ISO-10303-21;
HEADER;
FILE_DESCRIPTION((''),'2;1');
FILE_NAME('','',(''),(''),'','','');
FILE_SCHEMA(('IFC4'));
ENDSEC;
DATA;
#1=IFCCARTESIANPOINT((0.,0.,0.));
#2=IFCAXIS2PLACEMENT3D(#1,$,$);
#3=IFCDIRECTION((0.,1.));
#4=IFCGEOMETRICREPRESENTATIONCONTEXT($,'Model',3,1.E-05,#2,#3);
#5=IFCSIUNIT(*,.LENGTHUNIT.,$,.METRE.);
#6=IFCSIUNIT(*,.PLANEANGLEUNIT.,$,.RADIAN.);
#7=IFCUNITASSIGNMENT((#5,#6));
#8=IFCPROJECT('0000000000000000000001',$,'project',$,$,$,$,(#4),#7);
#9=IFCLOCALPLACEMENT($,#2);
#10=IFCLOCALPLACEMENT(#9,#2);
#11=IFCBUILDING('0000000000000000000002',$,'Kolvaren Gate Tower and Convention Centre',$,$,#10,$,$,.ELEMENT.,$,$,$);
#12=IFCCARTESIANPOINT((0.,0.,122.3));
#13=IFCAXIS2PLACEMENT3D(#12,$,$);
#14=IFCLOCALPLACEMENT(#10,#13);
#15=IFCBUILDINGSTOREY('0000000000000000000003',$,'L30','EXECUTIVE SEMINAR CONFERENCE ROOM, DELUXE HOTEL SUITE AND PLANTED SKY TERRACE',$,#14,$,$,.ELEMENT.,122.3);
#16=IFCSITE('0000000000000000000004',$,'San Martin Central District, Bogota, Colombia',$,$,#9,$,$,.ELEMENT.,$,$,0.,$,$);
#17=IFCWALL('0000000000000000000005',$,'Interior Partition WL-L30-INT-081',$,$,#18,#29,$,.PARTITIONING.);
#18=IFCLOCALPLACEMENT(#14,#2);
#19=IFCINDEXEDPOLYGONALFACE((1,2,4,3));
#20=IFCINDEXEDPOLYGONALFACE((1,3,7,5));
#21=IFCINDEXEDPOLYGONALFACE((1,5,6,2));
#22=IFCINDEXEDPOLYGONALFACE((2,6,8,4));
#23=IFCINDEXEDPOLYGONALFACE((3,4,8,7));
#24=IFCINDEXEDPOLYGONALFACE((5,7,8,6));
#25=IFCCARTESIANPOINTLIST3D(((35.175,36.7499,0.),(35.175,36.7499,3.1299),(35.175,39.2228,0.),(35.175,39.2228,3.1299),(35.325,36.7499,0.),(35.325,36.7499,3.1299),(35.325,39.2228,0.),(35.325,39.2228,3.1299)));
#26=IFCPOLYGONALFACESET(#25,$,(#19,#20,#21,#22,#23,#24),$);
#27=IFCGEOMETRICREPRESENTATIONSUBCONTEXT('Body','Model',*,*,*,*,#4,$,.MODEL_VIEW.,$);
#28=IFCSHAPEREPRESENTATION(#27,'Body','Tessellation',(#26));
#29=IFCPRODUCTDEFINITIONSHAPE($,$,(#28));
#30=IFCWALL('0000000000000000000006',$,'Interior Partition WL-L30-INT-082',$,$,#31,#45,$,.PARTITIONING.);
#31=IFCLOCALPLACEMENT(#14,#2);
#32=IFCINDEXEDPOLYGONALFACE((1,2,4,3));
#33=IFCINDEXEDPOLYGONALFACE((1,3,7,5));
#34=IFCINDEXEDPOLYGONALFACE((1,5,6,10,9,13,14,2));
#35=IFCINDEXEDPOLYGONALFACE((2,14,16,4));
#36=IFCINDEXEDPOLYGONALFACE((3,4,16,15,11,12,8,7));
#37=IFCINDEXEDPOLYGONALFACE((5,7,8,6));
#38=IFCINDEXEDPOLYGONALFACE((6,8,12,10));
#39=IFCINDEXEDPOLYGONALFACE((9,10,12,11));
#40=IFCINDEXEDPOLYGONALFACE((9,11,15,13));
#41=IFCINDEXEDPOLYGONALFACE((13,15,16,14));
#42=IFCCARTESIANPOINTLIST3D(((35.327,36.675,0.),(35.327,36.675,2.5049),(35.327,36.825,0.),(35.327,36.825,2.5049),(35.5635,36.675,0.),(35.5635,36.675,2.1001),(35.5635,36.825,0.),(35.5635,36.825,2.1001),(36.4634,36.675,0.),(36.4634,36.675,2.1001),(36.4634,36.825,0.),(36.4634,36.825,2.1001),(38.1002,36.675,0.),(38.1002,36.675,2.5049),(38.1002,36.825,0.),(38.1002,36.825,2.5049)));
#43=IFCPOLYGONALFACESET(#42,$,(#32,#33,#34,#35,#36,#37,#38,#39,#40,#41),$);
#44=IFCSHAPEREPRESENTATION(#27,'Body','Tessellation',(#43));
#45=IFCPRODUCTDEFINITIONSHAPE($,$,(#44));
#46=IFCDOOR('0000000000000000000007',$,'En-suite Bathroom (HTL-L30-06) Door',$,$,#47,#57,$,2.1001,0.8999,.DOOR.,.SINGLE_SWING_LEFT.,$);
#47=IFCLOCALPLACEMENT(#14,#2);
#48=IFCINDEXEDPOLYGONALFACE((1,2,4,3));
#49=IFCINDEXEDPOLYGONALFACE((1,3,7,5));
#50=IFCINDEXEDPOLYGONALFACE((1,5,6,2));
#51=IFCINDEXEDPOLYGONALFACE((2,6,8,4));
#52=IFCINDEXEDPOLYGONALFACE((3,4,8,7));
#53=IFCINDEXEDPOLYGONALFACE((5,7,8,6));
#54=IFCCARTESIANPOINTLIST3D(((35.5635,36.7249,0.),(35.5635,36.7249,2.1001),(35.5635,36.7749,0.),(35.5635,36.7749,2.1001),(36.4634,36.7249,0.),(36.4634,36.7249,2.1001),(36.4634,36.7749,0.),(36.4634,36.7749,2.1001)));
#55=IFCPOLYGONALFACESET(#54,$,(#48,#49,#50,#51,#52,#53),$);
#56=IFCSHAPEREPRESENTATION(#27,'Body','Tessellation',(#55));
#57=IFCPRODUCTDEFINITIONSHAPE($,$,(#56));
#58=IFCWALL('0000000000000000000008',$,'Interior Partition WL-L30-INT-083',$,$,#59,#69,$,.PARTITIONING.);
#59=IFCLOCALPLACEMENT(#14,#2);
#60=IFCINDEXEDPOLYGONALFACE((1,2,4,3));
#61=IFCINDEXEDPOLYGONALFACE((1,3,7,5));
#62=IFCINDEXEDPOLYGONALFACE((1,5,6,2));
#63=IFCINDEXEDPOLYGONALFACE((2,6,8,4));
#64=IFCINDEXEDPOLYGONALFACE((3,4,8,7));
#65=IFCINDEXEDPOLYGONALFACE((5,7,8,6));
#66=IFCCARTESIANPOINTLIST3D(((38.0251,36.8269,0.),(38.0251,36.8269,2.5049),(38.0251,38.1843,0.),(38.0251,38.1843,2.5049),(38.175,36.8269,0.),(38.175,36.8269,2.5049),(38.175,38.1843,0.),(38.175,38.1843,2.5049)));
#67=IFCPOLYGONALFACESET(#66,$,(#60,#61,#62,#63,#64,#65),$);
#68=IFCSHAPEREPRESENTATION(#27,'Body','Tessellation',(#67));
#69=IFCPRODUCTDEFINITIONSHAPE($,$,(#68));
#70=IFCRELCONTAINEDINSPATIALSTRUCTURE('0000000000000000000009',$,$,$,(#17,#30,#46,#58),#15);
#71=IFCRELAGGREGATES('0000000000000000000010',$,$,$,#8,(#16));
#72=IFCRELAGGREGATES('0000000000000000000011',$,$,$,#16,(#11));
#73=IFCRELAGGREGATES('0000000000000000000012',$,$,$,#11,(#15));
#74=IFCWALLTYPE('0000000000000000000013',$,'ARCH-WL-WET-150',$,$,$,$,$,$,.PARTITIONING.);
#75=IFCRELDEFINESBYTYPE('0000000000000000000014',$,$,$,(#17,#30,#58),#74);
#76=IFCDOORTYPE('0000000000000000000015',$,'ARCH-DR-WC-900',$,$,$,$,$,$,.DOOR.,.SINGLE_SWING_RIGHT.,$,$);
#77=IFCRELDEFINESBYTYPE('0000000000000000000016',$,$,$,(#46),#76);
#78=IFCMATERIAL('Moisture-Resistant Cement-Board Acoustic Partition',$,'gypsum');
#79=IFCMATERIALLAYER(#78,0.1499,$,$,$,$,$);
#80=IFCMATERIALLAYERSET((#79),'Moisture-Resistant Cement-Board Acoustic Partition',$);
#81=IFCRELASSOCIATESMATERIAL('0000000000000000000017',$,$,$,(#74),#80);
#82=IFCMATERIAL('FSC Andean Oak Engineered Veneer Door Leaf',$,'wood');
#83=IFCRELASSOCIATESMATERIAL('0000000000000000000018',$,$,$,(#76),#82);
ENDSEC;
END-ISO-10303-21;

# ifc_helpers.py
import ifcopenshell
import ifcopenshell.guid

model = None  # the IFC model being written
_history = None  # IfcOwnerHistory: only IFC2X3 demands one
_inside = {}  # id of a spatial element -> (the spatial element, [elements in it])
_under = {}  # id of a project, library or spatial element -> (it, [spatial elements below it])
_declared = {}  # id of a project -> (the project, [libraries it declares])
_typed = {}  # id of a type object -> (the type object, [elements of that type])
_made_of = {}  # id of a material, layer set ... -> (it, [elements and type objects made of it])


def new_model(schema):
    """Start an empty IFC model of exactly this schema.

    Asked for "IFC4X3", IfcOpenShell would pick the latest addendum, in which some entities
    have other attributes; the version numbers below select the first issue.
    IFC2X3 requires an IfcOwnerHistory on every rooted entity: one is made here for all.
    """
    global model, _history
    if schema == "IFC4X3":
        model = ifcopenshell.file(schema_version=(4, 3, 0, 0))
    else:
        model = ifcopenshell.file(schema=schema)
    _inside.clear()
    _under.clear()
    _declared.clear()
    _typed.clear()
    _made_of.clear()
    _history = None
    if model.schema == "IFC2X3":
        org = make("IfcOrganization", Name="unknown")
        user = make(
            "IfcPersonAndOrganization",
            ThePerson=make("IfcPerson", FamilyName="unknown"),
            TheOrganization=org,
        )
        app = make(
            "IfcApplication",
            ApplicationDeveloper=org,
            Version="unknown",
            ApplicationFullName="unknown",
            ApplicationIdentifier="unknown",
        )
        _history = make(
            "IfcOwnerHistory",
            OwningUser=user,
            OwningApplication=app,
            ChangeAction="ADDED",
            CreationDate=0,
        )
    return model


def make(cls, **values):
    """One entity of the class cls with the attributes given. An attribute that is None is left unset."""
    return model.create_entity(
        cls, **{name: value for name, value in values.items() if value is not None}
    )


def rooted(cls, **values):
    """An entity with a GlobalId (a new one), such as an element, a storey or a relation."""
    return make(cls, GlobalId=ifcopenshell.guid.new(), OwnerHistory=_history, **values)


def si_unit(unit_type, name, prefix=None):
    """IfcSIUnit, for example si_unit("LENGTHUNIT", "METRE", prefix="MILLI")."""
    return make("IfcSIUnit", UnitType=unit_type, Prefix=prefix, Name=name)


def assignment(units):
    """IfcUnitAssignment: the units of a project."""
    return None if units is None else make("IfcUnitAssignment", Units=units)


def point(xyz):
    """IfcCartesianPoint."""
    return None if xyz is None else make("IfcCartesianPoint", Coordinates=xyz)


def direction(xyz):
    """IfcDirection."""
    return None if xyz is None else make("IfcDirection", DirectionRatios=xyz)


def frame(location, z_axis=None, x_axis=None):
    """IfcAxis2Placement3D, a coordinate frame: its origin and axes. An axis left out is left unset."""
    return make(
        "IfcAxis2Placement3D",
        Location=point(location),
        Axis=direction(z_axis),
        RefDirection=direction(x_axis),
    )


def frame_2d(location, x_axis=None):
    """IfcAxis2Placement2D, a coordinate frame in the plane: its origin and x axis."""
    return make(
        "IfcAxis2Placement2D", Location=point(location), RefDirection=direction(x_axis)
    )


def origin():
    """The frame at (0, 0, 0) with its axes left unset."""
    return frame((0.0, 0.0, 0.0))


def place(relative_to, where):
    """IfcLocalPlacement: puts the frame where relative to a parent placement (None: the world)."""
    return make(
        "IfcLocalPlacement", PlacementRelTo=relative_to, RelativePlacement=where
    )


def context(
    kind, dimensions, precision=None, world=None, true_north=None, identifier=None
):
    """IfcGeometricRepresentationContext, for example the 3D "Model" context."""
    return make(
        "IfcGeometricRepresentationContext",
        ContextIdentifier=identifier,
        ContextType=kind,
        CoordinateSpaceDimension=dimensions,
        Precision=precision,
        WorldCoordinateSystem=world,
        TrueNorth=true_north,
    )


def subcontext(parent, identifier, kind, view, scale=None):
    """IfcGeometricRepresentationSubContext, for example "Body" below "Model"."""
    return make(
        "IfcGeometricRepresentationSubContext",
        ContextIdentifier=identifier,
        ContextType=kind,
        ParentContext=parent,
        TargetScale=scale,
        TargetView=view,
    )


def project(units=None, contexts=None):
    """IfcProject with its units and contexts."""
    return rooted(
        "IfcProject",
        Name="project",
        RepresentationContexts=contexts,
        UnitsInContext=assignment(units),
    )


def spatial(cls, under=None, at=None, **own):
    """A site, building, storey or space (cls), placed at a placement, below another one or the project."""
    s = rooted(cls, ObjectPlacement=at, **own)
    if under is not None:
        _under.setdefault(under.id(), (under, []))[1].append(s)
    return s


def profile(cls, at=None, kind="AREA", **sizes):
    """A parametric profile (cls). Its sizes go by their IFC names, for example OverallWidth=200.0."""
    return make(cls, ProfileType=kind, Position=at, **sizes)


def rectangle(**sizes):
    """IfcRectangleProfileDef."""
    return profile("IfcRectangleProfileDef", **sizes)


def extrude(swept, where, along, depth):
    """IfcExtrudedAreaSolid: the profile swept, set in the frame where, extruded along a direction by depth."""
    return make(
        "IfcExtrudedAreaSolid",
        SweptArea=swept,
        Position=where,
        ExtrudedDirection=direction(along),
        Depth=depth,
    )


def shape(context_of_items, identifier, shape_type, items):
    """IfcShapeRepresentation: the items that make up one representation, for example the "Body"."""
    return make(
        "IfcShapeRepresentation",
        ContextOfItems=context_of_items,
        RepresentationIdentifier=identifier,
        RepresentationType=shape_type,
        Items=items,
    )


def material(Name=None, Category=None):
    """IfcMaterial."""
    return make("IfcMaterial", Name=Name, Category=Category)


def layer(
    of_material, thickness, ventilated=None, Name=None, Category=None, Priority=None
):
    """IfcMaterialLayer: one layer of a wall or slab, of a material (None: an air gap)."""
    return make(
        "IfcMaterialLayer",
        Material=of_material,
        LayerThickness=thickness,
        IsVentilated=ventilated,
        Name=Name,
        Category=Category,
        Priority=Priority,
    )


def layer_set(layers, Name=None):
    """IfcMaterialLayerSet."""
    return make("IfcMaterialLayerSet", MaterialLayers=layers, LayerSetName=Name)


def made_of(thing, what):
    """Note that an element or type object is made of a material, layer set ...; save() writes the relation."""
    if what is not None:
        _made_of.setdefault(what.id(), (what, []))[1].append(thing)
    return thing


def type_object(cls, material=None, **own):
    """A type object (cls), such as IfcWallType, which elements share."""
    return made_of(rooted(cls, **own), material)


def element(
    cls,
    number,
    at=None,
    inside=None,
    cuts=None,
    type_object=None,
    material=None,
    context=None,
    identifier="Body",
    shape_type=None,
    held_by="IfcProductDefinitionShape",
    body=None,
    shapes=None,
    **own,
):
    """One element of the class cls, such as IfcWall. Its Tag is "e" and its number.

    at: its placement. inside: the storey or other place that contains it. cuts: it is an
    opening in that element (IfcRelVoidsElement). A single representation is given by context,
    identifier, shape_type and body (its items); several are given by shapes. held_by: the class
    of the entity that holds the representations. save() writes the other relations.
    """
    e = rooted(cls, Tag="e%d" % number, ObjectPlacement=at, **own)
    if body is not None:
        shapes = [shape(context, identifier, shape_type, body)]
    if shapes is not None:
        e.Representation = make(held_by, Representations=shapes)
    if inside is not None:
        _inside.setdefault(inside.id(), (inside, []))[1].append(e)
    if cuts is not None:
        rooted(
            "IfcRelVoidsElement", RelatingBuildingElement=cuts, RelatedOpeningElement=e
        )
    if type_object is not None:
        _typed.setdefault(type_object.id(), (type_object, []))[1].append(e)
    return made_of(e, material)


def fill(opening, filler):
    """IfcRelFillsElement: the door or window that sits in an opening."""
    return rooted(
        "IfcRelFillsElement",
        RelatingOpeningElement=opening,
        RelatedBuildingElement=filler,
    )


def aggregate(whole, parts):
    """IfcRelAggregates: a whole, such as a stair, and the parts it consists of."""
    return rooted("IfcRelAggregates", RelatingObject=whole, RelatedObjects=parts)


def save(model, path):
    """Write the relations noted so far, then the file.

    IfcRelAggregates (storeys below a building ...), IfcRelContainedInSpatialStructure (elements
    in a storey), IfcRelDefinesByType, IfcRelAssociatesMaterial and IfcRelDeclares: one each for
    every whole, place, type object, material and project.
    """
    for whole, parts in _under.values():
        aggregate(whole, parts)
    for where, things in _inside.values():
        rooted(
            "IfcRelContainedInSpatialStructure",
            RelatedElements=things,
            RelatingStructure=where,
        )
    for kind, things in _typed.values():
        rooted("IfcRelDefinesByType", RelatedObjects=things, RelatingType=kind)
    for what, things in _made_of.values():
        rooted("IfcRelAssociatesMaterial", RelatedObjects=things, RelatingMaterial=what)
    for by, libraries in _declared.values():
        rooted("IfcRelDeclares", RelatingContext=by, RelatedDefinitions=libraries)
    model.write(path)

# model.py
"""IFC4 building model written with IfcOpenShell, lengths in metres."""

from ifc_helpers import new_model, si_unit, direction, frame, frame_2d, origin, place, context, subcontext, project, spatial, rectangle, extrude, material, layer, layer_set, type_object, element, fill, save


model = new_model("IFC4")

# Units and contexts
model_context = context("Model", 3, precision=1e-05, world=origin(), true_north=direction((0.0, 1.0)))
body_context = subcontext(model_context, "Body", "Model", "MODEL_VIEW")
ifc_project = project(units=[si_unit("LENGTHUNIT", "METRE"), si_unit("PLANEANGLEUNIT", "RADIAN")], contexts=[model_context])

# Site, building, storey
site_placement = place(None, origin())
site = spatial("IfcSite", under=ifc_project, at=site_placement, Name="San Martin Central District, Bogota, Colombia", CompositionType="ELEMENT", RefElevation=0.0)
building_placement = place(site_placement, origin())
building = spatial("IfcBuilding", under=site, at=building_placement, Name="Kolvaren Gate Tower and Convention Centre", CompositionType="ELEMENT")
storey_placement = place(building_placement, frame((0.0, 0.0, 122.3)))
storey = spatial("IfcBuildingStorey", under=building, at=storey_placement, Name="L30", Description="EXECUTIVE SEMINAR CONFERENCE ROOM, DELUXE HOTEL SUITE AND PLANTED SKY TERRACE", CompositionType="ELEMENT", Elevation=122.3)

# Wall
ifc_material_1 = material(Name="Moisture-Resistant Cement-Board Acoustic Partition", Category="gypsum")
ifc_layer_1 = layer(ifc_material_1, 0.1499)
ifc_layer_set_1 = layer_set([ifc_layer_1], Name="Moisture-Resistant Cement-Board Acoustic Partition")
wall_type_1 = type_object("IfcWallType", Name="ARCH-WL-WET-150", PredefinedType="PARTITIONING", material=ifc_layer_set_1)
wall_1_placement = place(storey_placement, frame((35.25, 36.75, 0.0), z_axis=(0.0, 0.0, 1.0), x_axis=(0.0, 1.0, 0.0)))
element("IfcWall", 1, at=wall_1_placement, inside=storey, type_object=wall_type_1, Name="Interior Partition WL-L30-INT-081", PredefinedType="PARTITIONING", context=body_context, shape_type="SweptSolid", body=[
    extrude(rectangle(XDim=2.4729, YDim=0.1499, at=frame_2d((1.2363, 0.0))), origin(), (0.0, 0.0, 1.0), 3.1299),
])

# Wall, opening, door
wall_2_placement = place(storey_placement, frame((35.3269, 36.75, 0.0), z_axis=(0.0, 0.0, 1.0), x_axis=(1.0, 0.0, 0.0)))
wall_2 = element("IfcWall", 2, at=wall_2_placement, inside=storey, type_object=wall_type_1, Name="Interior Partition WL-L30-INT-082", PredefinedType="PARTITIONING", context=body_context, shape_type="SweptSolid", body=[
    extrude(rectangle(XDim=2.7732, YDim=0.1499, at=frame_2d((1.3867, 0.0))), origin(), (0.0, 0.0, 1.0), 2.5049),
])
opening_1_placement = place(wall_2_placement, frame((0.2366, 0.0, 0.0)))
opening_1 = element("IfcOpeningElement", 3, at=opening_1_placement, cuts=wall_2, PredefinedType="OPENING", context=body_context, shape_type="SweptSolid", body=[
    extrude(rectangle(XDim=0.8999, YDim=2.1001, at=frame_2d((0.45, 1.05))), frame((0.0, 0.085, 0.0), z_axis=(0.0, -1.0, 0.0), x_axis=(1.0, 0.0, 0.0)), (0.0, 0.0, 1.0), 0.1699),
])
ifc_material_2 = material(Name="FSC Andean Oak Engineered Veneer Door Leaf", Category="wood")
door_type_1 = type_object("IfcDoorType", Name="ARCH-DR-WC-900", OperationType="SINGLE_SWING_RIGHT", PredefinedType="DOOR", material=ifc_material_2)
door_1_placement = place(opening_1_placement, origin())
door_1 = element("IfcDoor", 4, at=door_1_placement, inside=storey, type_object=door_type_1, Name="En-suite Bathroom (HTL-L30-06) Door", OperationType="SINGLE_SWING_LEFT", OverallHeight=2.1001, OverallWidth=0.8999, PredefinedType="DOOR", context=body_context, shape_type="SweptSolid", body=[
    extrude(rectangle(XDim=0.8999, YDim=2.1001, at=frame_2d((0.45, 1.05))), frame((0.0, 0.0249, 0.0), z_axis=(0.0, -1.0, 0.0), x_axis=(1.0, 0.0, 0.0)), (0.0, 0.0, 1.0), 0.05),
])
fill(opening_1, door_1)

# Wall
wall_3_placement = place(storey_placement, frame((38.1001, 36.8269, 0.0), z_axis=(0.0, 0.0, 1.0), x_axis=(0.0, 1.0, 0.0)))
element("IfcWall", 5, at=wall_3_placement, inside=storey, type_object=wall_type_1, Name="Interior Partition WL-L30-INT-083", PredefinedType="PARTITIONING", context=body_context, shape_type="SweptSolid", body=[
    extrude(rectangle(XDim=1.3574, YDim=0.1499, at=frame_2d((0.6787, 0.0))), origin(), (0.0, 0.0, 1.0), 2.5049),
])

save(model, "model.ifc")
